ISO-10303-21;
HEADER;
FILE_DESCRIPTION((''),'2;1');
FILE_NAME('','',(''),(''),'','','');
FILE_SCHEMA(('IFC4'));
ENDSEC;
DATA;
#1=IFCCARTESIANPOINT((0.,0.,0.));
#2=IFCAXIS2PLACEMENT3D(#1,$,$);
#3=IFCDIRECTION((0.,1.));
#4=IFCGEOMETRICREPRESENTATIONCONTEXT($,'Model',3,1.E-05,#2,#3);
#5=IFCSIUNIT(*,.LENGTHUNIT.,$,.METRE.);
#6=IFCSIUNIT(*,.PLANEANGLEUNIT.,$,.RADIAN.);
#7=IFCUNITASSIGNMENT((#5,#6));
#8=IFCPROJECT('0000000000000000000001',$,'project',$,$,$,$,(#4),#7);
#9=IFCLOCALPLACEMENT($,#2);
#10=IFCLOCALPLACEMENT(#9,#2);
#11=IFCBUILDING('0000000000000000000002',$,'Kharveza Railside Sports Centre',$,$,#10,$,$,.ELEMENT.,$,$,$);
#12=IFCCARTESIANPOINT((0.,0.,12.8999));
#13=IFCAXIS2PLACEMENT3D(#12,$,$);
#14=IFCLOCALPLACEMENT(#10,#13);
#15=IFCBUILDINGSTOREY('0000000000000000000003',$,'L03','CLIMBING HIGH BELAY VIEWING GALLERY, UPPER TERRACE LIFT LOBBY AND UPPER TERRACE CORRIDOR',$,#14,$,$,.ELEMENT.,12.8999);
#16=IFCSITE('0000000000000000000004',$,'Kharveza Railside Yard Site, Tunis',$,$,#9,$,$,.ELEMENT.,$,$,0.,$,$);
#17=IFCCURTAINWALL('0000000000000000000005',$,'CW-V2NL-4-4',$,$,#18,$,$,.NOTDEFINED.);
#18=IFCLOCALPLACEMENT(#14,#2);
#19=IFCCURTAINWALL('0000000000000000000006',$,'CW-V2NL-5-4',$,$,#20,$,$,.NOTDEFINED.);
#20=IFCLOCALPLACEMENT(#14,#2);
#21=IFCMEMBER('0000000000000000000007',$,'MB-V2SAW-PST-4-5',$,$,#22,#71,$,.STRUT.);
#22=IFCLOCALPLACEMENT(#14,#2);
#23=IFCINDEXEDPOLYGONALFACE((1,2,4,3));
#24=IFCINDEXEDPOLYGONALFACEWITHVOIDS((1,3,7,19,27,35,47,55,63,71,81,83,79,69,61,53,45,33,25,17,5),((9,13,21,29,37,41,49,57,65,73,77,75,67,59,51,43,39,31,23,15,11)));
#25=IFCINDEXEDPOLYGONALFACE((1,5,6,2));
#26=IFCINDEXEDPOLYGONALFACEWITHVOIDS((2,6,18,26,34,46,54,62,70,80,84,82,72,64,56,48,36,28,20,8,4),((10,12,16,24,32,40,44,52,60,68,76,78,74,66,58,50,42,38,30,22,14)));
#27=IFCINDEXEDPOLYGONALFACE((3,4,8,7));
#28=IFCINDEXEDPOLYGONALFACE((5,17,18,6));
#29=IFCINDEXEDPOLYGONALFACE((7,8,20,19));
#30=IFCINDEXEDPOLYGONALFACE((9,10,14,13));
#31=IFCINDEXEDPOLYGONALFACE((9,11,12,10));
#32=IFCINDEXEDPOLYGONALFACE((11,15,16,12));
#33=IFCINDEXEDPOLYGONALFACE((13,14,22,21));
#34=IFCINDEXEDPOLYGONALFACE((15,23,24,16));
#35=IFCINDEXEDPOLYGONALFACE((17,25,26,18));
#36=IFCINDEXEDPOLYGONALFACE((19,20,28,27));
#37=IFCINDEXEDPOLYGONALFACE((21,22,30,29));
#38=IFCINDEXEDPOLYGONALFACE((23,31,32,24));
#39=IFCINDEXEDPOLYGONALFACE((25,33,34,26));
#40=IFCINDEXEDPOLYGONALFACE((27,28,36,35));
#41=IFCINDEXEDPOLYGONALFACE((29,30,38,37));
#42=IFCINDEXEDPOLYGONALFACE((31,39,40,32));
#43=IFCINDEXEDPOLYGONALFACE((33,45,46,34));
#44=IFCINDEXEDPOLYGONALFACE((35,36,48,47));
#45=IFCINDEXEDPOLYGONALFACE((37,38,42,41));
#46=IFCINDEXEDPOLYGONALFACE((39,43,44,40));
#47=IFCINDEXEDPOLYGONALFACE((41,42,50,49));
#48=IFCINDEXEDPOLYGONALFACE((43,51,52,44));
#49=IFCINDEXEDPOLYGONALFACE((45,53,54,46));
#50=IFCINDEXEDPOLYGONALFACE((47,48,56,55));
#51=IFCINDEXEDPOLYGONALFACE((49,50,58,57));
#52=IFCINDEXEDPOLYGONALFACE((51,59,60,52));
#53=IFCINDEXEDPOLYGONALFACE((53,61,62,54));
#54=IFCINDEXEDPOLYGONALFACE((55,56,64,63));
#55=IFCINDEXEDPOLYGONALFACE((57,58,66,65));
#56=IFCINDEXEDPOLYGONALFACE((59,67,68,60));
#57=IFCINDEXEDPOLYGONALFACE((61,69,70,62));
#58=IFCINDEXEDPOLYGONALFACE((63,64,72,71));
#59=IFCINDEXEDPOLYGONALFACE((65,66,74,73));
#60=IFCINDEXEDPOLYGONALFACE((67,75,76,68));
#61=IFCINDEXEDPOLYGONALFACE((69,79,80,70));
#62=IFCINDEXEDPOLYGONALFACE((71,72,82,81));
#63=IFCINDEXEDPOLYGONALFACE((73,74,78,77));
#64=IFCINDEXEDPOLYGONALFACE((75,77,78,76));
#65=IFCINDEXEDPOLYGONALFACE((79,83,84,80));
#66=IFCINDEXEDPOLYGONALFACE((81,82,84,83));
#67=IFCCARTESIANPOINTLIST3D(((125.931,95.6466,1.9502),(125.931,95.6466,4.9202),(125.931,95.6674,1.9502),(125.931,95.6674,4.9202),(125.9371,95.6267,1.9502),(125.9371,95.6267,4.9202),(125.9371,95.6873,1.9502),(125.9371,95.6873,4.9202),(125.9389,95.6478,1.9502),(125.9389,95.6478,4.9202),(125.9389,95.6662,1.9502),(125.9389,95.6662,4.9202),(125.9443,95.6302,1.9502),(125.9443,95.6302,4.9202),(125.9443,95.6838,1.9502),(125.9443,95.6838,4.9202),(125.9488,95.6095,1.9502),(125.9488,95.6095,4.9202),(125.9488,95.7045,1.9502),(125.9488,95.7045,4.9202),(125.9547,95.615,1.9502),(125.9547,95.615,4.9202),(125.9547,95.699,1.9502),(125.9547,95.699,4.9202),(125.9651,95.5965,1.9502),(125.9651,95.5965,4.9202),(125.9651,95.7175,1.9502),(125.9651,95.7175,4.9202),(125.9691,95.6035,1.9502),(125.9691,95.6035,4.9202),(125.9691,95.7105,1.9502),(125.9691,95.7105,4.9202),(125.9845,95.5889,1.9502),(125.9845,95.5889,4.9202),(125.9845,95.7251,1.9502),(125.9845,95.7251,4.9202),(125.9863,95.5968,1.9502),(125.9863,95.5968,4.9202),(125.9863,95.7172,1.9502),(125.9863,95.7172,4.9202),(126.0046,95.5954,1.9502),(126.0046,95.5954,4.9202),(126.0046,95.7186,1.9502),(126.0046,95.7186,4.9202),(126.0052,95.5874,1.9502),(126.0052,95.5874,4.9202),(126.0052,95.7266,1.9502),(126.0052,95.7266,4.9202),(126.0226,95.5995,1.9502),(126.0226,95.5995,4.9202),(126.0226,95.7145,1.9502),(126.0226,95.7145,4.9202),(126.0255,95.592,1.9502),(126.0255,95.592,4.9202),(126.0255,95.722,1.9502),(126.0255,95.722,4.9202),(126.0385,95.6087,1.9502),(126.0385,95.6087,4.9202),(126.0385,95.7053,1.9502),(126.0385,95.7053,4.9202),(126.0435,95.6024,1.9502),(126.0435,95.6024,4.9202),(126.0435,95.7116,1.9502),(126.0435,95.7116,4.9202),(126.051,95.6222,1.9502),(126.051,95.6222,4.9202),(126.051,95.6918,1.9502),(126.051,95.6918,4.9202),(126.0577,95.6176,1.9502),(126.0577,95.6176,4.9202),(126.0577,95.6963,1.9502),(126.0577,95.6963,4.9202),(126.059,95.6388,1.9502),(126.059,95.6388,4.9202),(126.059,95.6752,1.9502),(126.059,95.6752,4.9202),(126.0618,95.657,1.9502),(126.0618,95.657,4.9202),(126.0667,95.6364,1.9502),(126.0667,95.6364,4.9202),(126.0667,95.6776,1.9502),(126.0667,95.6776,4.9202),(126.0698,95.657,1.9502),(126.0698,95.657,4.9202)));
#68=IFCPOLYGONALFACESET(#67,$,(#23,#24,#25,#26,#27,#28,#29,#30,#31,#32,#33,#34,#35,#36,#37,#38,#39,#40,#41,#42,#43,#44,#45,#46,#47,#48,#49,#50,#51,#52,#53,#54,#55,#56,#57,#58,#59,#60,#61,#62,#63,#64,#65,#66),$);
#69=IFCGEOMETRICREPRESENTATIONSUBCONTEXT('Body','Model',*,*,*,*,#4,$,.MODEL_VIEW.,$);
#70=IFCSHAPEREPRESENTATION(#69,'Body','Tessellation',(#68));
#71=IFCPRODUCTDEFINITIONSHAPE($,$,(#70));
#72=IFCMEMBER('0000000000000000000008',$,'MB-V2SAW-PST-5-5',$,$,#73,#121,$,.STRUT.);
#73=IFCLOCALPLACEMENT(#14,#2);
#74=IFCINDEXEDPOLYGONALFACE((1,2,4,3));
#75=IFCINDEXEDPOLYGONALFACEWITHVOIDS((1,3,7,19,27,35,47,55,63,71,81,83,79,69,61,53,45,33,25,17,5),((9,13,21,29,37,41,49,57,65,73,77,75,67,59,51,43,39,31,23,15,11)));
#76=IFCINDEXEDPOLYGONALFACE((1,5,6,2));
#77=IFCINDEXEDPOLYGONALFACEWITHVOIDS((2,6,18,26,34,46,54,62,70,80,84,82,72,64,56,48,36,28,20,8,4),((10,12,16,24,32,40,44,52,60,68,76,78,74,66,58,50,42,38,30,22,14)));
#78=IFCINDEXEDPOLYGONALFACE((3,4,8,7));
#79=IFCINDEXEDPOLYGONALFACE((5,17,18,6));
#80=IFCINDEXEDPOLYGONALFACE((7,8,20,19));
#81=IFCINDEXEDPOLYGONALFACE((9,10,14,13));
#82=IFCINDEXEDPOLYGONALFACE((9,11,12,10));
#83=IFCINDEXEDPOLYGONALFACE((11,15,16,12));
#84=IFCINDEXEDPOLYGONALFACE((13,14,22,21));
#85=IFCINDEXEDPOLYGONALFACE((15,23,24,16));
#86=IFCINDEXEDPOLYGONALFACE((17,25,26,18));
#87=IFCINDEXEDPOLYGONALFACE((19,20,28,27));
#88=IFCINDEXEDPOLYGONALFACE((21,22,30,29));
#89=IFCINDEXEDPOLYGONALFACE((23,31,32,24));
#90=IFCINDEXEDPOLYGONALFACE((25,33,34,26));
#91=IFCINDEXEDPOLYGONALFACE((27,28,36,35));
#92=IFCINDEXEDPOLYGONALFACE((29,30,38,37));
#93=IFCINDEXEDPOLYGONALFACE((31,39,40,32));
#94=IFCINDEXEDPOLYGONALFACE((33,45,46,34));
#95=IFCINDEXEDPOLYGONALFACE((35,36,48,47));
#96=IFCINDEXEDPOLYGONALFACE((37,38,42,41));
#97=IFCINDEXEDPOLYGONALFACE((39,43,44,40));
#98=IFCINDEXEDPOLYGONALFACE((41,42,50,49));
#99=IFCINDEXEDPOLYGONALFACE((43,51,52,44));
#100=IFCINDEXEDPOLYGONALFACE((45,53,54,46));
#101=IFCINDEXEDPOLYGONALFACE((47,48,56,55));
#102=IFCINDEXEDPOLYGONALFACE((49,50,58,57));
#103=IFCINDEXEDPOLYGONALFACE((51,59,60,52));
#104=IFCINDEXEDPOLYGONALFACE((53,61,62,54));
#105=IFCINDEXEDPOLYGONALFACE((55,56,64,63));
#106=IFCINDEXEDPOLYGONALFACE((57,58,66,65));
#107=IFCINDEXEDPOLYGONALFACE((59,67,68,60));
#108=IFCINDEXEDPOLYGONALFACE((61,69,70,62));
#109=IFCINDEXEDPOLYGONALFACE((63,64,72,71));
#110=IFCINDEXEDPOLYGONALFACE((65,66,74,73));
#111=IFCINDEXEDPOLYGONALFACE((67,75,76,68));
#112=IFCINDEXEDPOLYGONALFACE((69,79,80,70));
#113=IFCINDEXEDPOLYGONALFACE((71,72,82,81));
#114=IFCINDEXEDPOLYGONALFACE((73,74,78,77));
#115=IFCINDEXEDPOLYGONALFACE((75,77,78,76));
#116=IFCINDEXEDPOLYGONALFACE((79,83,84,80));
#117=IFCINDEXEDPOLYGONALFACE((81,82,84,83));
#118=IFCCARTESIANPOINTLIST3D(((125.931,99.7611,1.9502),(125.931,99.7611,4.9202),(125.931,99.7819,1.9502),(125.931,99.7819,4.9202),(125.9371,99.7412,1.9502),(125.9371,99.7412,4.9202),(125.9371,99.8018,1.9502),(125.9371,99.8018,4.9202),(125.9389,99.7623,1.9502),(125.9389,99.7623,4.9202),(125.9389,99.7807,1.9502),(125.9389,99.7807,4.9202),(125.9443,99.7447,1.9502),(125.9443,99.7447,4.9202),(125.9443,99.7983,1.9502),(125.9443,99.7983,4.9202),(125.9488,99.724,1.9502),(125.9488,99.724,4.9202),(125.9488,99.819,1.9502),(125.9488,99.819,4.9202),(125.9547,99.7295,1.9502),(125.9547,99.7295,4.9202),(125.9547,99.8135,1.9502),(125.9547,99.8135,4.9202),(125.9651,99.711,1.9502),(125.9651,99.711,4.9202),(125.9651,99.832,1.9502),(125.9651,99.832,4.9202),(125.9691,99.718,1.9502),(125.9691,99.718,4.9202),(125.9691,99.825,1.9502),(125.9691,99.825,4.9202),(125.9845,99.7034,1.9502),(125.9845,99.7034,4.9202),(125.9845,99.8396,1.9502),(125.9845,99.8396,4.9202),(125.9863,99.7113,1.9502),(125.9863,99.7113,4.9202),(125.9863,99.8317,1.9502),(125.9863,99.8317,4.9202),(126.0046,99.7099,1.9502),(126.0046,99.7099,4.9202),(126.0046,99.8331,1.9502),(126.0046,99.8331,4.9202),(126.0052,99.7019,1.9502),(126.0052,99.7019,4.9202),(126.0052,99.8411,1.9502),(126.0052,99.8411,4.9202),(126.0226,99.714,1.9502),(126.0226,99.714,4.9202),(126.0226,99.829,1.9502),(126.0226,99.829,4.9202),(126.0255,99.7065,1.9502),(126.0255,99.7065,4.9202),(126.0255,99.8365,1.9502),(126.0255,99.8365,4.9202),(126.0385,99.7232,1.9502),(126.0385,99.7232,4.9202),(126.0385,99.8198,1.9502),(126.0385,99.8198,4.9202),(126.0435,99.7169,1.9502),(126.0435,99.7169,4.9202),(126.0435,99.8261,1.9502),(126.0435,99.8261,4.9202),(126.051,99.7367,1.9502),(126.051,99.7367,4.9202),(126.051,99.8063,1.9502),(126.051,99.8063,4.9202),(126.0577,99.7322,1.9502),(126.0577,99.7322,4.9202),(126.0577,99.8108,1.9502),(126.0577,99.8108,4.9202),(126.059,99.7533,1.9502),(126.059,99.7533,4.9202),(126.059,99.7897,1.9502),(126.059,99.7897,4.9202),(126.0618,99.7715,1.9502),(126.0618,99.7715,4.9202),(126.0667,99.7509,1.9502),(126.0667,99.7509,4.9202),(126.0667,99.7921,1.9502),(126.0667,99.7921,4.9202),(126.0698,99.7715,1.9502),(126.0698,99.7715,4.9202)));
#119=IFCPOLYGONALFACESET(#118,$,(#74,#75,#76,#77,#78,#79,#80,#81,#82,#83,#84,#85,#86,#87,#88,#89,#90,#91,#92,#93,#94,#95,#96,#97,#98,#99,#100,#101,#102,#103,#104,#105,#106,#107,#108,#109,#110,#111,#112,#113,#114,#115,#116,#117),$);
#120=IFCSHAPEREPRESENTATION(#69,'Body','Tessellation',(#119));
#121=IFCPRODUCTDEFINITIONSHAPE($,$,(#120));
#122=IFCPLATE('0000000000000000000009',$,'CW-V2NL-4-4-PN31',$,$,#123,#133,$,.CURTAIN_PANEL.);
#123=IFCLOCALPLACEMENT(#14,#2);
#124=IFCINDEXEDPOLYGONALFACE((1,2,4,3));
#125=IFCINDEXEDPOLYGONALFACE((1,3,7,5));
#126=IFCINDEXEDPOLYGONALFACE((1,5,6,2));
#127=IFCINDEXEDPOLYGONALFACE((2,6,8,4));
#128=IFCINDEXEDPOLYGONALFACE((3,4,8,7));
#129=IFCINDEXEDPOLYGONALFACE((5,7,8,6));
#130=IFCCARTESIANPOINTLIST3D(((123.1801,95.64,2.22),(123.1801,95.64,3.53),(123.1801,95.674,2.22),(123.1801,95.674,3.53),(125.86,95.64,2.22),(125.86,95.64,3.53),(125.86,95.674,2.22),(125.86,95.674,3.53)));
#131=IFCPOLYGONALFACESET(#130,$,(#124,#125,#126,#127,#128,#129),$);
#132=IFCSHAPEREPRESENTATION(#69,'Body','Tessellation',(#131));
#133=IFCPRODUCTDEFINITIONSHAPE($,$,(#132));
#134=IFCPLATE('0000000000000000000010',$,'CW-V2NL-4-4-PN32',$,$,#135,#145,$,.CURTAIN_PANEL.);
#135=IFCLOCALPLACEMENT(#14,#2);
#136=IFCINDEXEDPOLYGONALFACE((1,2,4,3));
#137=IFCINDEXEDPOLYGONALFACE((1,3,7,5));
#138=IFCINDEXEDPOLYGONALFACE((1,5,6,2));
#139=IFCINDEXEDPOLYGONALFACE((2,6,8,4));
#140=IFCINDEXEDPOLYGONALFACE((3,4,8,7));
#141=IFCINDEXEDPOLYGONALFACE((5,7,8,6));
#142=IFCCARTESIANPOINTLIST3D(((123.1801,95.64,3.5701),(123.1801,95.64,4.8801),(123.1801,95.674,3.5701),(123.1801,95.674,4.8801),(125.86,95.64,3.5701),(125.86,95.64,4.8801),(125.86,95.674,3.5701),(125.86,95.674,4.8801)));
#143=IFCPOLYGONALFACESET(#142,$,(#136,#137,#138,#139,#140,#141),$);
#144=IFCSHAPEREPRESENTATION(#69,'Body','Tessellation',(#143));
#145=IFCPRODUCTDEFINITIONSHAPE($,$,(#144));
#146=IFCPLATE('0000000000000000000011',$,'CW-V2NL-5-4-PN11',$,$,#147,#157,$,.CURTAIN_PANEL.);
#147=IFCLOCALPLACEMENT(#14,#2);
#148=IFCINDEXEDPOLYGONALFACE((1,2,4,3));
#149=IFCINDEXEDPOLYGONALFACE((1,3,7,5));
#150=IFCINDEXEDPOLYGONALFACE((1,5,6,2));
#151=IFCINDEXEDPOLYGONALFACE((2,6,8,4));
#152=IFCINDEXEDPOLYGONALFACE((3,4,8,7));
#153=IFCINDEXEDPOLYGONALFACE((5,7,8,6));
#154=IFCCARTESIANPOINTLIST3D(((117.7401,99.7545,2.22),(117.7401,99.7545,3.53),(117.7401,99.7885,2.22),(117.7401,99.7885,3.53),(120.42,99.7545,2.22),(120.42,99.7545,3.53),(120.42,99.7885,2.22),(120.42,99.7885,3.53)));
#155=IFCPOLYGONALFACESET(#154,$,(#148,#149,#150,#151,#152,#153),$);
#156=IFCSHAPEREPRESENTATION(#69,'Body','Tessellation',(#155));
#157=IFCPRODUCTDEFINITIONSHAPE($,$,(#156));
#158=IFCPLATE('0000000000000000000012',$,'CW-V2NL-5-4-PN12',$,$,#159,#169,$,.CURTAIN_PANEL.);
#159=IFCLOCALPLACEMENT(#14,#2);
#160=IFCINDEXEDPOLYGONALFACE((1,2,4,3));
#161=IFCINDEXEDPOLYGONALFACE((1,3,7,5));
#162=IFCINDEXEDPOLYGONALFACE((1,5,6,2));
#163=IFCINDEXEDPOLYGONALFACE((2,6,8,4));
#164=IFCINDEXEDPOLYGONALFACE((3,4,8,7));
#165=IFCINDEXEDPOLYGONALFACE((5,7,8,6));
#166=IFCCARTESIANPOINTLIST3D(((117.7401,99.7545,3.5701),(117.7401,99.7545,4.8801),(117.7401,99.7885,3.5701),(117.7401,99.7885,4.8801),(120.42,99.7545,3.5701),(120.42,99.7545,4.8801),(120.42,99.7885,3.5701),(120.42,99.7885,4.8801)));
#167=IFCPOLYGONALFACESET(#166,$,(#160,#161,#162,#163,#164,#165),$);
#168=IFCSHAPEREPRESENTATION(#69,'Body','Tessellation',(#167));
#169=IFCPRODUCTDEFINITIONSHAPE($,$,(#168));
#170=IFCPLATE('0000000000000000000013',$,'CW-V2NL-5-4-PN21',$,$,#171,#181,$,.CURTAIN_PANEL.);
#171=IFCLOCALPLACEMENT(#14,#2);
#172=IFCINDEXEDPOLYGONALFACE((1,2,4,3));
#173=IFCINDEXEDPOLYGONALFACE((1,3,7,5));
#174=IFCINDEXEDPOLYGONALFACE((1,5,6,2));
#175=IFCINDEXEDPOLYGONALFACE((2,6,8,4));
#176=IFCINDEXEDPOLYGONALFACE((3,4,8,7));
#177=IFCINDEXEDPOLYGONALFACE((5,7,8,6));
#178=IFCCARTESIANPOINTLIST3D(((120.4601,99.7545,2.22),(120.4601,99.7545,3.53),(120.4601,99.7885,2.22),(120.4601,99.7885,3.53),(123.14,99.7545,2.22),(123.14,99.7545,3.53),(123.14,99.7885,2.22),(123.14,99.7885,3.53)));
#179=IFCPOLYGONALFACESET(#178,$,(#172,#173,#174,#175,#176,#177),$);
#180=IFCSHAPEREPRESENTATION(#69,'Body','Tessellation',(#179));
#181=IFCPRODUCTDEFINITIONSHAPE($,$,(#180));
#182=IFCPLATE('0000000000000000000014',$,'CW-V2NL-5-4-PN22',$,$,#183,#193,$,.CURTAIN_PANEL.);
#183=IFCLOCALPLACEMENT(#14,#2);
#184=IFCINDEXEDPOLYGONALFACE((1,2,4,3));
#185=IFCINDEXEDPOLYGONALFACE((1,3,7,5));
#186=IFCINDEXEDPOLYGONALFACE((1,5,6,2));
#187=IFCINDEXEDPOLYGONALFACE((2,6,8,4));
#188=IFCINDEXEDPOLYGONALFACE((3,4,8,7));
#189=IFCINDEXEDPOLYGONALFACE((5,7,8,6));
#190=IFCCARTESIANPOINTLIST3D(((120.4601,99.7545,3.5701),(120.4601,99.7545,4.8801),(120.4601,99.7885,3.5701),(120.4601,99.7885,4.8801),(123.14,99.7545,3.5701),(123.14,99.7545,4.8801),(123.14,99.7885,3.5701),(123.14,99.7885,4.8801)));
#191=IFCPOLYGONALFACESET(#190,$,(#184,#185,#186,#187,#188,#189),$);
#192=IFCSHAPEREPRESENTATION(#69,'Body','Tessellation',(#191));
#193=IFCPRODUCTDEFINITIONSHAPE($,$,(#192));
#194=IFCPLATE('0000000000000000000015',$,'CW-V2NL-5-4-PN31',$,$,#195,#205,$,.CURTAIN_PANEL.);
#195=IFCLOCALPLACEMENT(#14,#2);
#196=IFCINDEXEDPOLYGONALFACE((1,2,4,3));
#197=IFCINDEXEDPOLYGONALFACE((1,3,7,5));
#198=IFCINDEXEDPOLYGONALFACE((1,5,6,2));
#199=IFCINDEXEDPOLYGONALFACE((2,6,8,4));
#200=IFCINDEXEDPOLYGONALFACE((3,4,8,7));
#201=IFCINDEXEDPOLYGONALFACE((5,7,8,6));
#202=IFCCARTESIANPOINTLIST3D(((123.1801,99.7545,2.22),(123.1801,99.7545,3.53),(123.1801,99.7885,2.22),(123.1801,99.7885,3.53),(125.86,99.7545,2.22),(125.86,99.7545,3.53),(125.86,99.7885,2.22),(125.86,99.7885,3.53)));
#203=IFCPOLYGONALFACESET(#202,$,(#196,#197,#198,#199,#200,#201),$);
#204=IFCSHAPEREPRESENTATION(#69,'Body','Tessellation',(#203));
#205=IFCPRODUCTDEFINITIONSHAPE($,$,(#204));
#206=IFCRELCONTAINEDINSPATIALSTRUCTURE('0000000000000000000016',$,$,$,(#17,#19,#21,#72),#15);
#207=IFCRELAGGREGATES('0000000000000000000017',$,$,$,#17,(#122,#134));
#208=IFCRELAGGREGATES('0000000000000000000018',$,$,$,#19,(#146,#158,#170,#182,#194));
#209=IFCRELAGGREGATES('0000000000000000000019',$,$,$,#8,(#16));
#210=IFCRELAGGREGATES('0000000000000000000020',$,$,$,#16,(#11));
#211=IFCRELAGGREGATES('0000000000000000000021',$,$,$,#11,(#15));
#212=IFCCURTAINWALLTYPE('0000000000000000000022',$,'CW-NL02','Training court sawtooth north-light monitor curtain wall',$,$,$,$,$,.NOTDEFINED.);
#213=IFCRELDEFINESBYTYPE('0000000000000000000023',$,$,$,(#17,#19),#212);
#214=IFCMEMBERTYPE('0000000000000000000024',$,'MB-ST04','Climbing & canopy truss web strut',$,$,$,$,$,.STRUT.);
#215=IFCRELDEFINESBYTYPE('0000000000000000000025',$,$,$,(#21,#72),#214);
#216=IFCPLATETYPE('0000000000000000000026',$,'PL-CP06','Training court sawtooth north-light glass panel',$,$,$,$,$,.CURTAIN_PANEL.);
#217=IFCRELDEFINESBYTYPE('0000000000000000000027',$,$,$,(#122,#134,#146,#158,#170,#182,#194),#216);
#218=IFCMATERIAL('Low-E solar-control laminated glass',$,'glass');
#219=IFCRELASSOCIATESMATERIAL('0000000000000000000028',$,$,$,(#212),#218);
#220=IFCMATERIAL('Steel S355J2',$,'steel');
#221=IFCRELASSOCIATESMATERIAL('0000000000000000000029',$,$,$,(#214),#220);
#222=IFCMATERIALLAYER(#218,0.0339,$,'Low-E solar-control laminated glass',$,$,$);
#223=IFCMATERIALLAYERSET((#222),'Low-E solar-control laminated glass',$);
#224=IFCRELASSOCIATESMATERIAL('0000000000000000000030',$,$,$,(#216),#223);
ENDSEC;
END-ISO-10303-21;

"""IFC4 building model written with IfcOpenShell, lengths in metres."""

from ifc_helpers import new_model, si_unit, direction, frame, origin, origin_2d, place, context, subcontext, project, spatial, rectangle, hollow_circle, extrude, material, layer, layer_set, material_profile, profile_set, type_object, element, aggregate, save


model = new_model("IFC4")

# Units and contexts
model_context = context("Model", 3, precision=1e-05, world=origin(), true_north=direction((0.0, 1.0)))
body_context = subcontext(model_context, "Body", "Model", "MODEL_VIEW")
ifc_project = project(units=[si_unit("LENGTHUNIT", "METRE"), si_unit("PLANEANGLEUNIT", "RADIAN")], contexts=[model_context])

# Site, building, storey
site_placement = place(None, origin())
site = spatial("IfcSite", under=ifc_project, at=site_placement, Name="Kharveza Railside Yard Site, Tunis", CompositionType="ELEMENT", RefElevation=0.0)
building_placement = place(site_placement, origin())
building = spatial("IfcBuilding", under=site, at=building_placement, Name="Kharveza Railside Sports Centre", CompositionType="ELEMENT")
storey_placement = place(building_placement, frame((0.0, 0.0, 12.8999)))
storey = spatial("IfcBuildingStorey", under=building, at=storey_placement, Name="L03", Description="CLIMBING HIGH BELAY VIEWING GALLERY, UPPER TERRACE LIFT LOBBY AND UPPER TERRACE CORRIDOR", CompositionType="ELEMENT", Elevation=12.8999)

# Shared definitions
ifc_material_1 = material(Name="Steel S355J2", Category="steel")

# Curtain walls
ifc_material_2 = material(Name="Low-E solar-control laminated glass", Category="glass")
curtain_wall_type = type_object("IfcCurtainWallType", Name="CW-NL02", Description="Training court sawtooth north-light monitor curtain wall", PredefinedType="NOTDEFINED", material=ifc_material_2)
curtain_wall_1_placement = place(storey_placement, origin())
curtain_wall_1 = element("IfcCurtainWall", 1, at=curtain_wall_1_placement, inside=storey, type_object=curtain_wall_type, Name="CW-V2NL-4-4", PredefinedType="NOTDEFINED")
curtain_wall_2_placement = place(storey_placement, origin())
curtain_wall_2 = element("IfcCurtainWall", 2, at=curtain_wall_2_placement, inside=storey, type_object=curtain_wall_type, Name="CW-V2NL-5-4", PredefinedType="NOTDEFINED")

# Members
ifc_material_profile_1 = material_profile(ifc_material_1, hollow_circle(Radius=0.0698, WallThickness=0.0081, at=origin_2d()), Name="CHS 139.7x8.0")
ifc_profile_set_1 = profile_set([ifc_material_profile_1], Name="Steel S355J2")
member_type_1 = type_object("IfcMemberType", Name="MB-ST04", Description="Climbing & canopy truss web strut", PredefinedType="STRUT", material=ifc_profile_set_1)
for number, where, z_axis, x_axis, name in (
    (3, (126.0, 95.657, 1.9502), (0.0, 0.0, 1.0), (1.0, 0.0, 0.0), "MB-V2SAW-PST-4-5"),
    (4, (126.0, 99.7715, 1.9502), (0.0, 0.0, 1.0), (1.0, 0.0, 0.0), "MB-V2SAW-PST-5-5"),
):
    element("IfcMember", number, at=place(storey_placement, frame(where, z_axis=z_axis, x_axis=x_axis)), inside=storey, type_object=member_type_1, Name=name, PredefinedType="STRUT", context=body_context, shape_type="SweptSolid", body=[
        extrude(hollow_circle(Radius=0.0698, WallThickness=0.0081, at=origin_2d()), origin(), (0.0, 0.0, 1.0), 2.97),
    ])

# Plates
ifc_layer_1 = layer(ifc_material_2, 0.0339, Name="Low-E solar-control laminated glass")
ifc_layer_set_1 = layer_set([ifc_layer_1], Name="Low-E solar-control laminated glass")
plate_type = type_object("IfcPlateType", Name="PL-CP06", Description="Training court sawtooth north-light glass panel", PredefinedType="CURTAIN_PANEL", material=ifc_layer_set_1)
plate_1_placement = place(storey_placement, frame((124.52, 95.657, 2.22), z_axis=(0.0, 0.0, 1.0), x_axis=(1.0, 0.0, 0.0)))
plate_1 = element("IfcPlate", 5, at=plate_1_placement, type_object=plate_type, Name="CW-V2NL-4-4-PN31", PredefinedType="CURTAIN_PANEL", context=body_context, shape_type="SweptSolid", body=[
    extrude(rectangle(XDim=2.6799, YDim=0.0339, at=origin_2d()), origin(), (0.0, 0.0, 1.0), 1.3101),
])
plate_2_placement = place(storey_placement, frame((124.52, 95.657, 3.5701), z_axis=(0.0, 0.0, 1.0), x_axis=(1.0, 0.0, 0.0)))
plate_2 = element("IfcPlate", 6, at=plate_2_placement, type_object=plate_type, Name="CW-V2NL-4-4-PN32", PredefinedType="CURTAIN_PANEL", context=body_context, shape_type="SweptSolid", body=[
    extrude(rectangle(XDim=2.6799, YDim=0.0339, at=origin_2d()), origin(), (0.0, 0.0, 1.0), 1.3101),
])
aggregate(curtain_wall_1, [plate_1, plate_2])
plate_3_placement = place(storey_placement, frame((119.0801, 99.7715, 2.22), z_axis=(0.0, 0.0, 1.0), x_axis=(1.0, 0.0, 0.0)))
plate_3 = element("IfcPlate", 7, at=plate_3_placement, type_object=plate_type, Name="CW-V2NL-5-4-PN11", PredefinedType="CURTAIN_PANEL", context=body_context, shape_type="SweptSolid", body=[
    extrude(rectangle(XDim=2.6799, YDim=0.0339, at=origin_2d()), origin(), (0.0, 0.0, 1.0), 1.3101),
])
plate_4_placement = place(storey_placement, frame((119.0801, 99.7715, 3.5701), z_axis=(0.0, 0.0, 1.0), x_axis=(1.0, 0.0, 0.0)))
plate_4 = element("IfcPlate", 8, at=plate_4_placement, type_object=plate_type, Name="CW-V2NL-5-4-PN12", PredefinedType="CURTAIN_PANEL", context=body_context, shape_type="SweptSolid", body=[
    extrude(rectangle(XDim=2.6799, YDim=0.0339, at=origin_2d()), origin(), (0.0, 0.0, 1.0), 1.3101),
])
plate_5_placement = place(storey_placement, frame((121.8, 99.7715, 2.22), z_axis=(0.0, 0.0, 1.0), x_axis=(1.0, 0.0, 0.0)))
plate_5 = element("IfcPlate", 9, at=plate_5_placement, type_object=plate_type, Name="CW-V2NL-5-4-PN21", PredefinedType="CURTAIN_PANEL", context=body_context, shape_type="SweptSolid", body=[
    extrude(rectangle(XDim=2.6799, YDim=0.0339, at=origin_2d()), origin(), (0.0, 0.0, 1.0), 1.3101),
])
plate_6_placement = place(storey_placement, frame((121.8, 99.7715, 3.5701), z_axis=(0.0, 0.0, 1.0), x_axis=(1.0, 0.0, 0.0)))
plate_6 = element("IfcPlate", 10, at=plate_6_placement, type_object=plate_type, Name="CW-V2NL-5-4-PN22", PredefinedType="CURTAIN_PANEL", context=body_context, shape_type="SweptSolid", body=[
    extrude(rectangle(XDim=2.6799, YDim=0.0339, at=origin_2d()), origin(), (0.0, 0.0, 1.0), 1.3101),
])
plate_7_placement = place(storey_placement, frame((124.52, 99.7715, 2.22), z_axis=(0.0, 0.0, 1.0), x_axis=(1.0, 0.0, 0.0)))
plate_7 = element("IfcPlate", 11, at=plate_7_placement, type_object=plate_type, Name="CW-V2NL-5-4-PN31", PredefinedType="CURTAIN_PANEL", context=body_context, shape_type="SweptSolid", body=[
    extrude(rectangle(XDim=2.6799, YDim=0.0339, at=origin_2d()), origin(), (0.0, 0.0, 1.0), 1.3101),
])
aggregate(curtain_wall_2, [plate_3, plate_4, plate_5, plate_6, plate_7])

save(model, "model.ifc")
